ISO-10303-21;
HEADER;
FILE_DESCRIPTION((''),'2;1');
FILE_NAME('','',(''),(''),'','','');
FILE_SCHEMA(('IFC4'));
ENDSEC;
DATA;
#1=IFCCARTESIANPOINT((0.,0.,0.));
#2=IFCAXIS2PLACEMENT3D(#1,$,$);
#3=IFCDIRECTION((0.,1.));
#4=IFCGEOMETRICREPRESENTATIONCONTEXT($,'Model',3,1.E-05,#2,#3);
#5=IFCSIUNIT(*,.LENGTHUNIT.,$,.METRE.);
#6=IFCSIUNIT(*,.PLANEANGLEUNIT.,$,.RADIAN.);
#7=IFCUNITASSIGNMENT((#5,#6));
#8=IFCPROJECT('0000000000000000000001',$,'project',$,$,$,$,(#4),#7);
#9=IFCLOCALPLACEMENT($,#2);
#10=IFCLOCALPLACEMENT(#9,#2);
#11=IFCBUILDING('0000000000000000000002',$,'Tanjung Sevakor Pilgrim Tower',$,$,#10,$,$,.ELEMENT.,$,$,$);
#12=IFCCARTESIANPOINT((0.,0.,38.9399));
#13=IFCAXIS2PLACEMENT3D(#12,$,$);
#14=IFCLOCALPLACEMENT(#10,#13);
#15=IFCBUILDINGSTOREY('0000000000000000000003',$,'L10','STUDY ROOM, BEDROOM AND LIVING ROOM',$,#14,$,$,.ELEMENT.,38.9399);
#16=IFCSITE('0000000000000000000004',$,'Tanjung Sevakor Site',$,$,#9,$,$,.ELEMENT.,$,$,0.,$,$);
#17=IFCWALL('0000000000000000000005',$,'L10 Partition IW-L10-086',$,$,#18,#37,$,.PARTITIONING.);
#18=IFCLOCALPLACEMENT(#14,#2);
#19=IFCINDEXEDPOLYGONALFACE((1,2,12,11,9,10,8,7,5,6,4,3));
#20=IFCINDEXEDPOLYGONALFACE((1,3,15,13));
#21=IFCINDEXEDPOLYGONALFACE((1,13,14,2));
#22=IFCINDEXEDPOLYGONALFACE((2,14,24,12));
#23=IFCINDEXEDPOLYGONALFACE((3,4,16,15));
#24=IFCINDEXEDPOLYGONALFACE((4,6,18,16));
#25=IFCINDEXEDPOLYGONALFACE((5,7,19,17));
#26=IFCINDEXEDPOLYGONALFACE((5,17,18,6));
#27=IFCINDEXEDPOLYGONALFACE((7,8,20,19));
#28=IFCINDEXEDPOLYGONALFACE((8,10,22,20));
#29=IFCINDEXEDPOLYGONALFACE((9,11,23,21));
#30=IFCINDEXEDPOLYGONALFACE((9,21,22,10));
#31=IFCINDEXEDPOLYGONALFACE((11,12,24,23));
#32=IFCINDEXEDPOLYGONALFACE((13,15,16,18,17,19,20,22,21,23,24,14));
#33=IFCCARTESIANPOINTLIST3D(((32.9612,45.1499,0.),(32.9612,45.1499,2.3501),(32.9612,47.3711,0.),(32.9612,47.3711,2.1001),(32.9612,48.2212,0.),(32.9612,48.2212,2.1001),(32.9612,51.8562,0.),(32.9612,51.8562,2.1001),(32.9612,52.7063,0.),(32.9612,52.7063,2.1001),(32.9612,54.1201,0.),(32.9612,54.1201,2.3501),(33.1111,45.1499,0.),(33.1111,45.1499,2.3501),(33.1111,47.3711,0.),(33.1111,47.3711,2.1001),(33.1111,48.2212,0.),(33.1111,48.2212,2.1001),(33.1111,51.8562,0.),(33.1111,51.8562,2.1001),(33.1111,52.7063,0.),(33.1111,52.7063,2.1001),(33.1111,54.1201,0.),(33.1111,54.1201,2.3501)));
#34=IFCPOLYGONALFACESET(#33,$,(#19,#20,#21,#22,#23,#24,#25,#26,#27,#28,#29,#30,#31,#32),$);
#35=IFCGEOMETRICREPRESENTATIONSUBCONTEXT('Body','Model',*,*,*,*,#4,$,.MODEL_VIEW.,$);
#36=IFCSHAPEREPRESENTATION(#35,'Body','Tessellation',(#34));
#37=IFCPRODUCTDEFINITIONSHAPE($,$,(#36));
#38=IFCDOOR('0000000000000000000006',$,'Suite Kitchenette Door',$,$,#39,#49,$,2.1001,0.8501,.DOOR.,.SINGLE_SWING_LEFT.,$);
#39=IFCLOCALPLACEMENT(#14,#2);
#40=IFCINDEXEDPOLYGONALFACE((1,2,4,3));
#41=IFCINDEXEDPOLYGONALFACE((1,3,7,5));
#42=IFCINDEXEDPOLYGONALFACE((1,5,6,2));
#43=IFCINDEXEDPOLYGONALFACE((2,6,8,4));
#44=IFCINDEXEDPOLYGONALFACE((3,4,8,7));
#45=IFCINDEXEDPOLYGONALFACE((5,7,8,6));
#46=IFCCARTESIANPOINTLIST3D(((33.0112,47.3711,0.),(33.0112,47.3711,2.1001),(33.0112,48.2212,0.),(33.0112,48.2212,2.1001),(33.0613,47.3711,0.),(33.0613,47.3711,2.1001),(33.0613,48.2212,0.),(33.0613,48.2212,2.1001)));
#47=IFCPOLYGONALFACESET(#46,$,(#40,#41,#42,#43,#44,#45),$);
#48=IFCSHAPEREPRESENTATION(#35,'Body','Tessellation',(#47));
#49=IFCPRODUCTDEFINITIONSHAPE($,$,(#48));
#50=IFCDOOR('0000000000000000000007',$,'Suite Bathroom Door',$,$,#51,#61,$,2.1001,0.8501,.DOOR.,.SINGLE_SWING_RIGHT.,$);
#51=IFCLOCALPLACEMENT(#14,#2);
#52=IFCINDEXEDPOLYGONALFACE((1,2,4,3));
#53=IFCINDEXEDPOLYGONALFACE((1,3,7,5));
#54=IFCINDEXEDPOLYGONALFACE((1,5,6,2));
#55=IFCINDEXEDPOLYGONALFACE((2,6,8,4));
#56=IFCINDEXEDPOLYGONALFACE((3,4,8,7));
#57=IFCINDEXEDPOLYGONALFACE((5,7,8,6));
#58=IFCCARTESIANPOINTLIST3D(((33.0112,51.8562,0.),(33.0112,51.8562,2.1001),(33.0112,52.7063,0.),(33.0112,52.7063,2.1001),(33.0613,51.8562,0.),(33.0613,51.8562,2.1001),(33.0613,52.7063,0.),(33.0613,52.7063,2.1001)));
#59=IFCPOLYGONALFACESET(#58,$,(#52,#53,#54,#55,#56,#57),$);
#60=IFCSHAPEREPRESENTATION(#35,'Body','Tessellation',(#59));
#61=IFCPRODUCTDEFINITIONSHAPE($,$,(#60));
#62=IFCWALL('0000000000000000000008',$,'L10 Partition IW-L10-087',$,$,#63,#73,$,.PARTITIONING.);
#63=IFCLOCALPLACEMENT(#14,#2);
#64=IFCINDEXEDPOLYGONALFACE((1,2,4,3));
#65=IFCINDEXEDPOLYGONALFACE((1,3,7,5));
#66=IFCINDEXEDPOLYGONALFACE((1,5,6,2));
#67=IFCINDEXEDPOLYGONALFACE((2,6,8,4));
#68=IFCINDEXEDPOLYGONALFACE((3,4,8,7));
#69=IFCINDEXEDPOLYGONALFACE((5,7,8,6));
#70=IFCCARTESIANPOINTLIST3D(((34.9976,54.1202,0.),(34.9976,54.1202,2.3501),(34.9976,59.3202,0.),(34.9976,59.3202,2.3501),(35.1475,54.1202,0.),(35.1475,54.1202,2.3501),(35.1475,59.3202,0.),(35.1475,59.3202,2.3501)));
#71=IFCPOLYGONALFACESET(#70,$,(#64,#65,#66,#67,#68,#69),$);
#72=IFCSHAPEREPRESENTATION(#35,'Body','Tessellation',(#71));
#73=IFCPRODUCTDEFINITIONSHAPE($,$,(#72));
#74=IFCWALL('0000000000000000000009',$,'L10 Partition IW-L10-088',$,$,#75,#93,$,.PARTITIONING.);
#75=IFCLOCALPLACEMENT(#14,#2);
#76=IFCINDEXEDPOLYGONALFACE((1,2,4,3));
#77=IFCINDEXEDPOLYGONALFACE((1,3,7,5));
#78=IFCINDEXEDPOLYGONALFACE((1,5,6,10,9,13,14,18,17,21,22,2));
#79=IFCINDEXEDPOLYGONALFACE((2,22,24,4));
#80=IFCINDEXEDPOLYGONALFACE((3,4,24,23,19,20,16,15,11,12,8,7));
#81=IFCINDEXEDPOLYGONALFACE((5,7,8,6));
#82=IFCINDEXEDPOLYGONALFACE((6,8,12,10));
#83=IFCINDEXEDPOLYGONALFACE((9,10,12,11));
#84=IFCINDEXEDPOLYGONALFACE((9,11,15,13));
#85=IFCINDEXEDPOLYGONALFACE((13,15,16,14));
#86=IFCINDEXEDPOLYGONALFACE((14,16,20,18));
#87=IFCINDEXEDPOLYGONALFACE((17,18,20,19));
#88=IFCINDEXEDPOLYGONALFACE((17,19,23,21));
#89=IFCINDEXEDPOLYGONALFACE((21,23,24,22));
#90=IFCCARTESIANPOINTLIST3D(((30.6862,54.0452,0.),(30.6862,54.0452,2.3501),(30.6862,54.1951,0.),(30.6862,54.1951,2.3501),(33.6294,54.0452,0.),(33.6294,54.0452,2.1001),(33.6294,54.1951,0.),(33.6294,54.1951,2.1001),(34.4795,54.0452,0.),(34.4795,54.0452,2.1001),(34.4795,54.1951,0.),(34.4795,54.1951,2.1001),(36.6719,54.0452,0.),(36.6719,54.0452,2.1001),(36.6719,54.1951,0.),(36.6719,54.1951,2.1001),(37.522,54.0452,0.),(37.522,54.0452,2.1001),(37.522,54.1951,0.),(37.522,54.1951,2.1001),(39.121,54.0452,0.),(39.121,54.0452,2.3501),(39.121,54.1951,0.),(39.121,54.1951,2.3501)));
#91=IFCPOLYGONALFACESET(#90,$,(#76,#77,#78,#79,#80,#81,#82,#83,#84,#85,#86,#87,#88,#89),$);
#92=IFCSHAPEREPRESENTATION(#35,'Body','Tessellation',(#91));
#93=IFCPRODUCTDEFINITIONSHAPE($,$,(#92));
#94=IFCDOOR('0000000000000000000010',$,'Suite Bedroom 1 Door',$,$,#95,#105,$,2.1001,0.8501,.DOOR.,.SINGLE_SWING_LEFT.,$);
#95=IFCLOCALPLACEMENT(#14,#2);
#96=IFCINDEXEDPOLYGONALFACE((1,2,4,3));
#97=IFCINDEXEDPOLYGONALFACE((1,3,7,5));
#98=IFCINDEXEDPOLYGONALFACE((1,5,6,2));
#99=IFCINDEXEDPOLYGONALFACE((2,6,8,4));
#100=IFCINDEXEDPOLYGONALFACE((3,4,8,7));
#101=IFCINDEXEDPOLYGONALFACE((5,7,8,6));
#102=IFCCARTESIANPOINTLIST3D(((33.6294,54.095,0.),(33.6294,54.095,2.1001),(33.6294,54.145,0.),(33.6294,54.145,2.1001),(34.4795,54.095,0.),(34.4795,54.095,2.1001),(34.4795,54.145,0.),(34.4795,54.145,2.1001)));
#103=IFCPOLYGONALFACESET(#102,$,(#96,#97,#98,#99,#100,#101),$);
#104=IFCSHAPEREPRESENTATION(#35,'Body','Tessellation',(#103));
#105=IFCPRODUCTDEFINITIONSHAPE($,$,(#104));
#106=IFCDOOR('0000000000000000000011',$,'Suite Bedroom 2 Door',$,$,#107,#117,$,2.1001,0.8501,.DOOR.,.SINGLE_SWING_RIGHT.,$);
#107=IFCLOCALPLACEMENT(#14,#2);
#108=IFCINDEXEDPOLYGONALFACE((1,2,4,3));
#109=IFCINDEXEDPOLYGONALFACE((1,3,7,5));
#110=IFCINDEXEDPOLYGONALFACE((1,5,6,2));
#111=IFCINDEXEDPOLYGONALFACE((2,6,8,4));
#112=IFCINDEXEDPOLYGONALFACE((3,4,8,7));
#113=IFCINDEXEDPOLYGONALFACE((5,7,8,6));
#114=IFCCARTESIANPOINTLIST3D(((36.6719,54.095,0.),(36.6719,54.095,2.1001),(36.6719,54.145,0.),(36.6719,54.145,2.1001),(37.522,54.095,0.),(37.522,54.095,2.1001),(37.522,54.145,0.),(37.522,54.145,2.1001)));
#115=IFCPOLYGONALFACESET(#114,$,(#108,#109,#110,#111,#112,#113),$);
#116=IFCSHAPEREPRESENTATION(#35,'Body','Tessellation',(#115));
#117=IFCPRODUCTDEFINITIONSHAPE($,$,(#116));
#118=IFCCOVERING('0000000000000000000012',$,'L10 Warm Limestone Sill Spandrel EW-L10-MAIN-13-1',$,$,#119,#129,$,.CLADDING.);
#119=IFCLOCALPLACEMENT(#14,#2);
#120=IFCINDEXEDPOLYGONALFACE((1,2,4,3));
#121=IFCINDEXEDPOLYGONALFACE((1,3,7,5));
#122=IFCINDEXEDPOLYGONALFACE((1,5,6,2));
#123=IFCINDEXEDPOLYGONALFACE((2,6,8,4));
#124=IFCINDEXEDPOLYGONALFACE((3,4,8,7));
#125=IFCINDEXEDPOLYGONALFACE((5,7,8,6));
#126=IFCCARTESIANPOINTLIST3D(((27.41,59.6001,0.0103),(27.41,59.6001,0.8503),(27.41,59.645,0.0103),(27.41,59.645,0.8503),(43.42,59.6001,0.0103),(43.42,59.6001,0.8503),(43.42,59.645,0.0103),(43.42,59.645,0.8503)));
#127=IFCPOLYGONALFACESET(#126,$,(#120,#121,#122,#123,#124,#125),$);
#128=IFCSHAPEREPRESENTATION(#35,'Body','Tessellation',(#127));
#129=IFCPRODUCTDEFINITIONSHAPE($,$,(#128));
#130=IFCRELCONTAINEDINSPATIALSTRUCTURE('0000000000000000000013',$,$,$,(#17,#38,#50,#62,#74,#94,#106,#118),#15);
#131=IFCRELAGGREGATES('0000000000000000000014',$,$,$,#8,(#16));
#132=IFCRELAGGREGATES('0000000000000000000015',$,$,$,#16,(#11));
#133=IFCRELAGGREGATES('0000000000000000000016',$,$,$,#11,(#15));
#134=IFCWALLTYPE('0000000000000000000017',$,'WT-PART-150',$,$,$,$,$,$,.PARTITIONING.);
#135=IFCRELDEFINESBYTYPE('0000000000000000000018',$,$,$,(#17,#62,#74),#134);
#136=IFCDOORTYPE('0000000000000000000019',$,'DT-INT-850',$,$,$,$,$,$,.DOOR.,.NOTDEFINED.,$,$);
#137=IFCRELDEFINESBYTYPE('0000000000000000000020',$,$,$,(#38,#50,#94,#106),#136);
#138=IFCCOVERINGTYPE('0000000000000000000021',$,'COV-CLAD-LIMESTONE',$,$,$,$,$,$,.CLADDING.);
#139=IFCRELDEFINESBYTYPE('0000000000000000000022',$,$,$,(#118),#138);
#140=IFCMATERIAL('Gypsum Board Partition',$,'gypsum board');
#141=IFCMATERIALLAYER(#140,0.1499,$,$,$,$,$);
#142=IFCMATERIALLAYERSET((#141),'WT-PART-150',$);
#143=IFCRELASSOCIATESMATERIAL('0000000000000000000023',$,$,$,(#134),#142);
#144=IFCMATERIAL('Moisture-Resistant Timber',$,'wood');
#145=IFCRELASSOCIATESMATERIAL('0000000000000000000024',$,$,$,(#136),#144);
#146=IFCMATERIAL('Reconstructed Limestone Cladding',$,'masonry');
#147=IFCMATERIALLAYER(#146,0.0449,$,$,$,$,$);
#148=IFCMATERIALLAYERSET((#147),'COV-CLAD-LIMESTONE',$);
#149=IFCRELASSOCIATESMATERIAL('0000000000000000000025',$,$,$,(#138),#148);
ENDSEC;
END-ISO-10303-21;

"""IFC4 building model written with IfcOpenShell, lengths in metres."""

from ifc_helpers import new_model, si_unit, direction, frame, frame_2d, origin, origin_2d, place, context, subcontext, project, spatial, rectangle, extrude, material, layer, layer_set, type_object, element, fill, save


model = new_model("IFC4")

# Units and contexts
model_context = context("Model", 3, precision=1e-05, world=origin(), true_north=direction((0.0, 1.0)))
body_context = subcontext(model_context, "Body", "Model", "MODEL_VIEW")
ifc_project = project(units=[si_unit("LENGTHUNIT", "METRE"), si_unit("PLANEANGLEUNIT", "RADIAN")], contexts=[model_context])

# Site, building, storey
site_placement = place(None, origin())
site = spatial("IfcSite", under=ifc_project, at=site_placement, Name="Tanjung Sevakor Site", CompositionType="ELEMENT", RefElevation=0.0)
building_placement = place(site_placement, origin())
building = spatial("IfcBuilding", under=site, at=building_placement, Name="Tanjung Sevakor Pilgrim Tower", CompositionType="ELEMENT")
storey_placement = place(building_placement, frame((0.0, 0.0, 38.9399)))
storey = spatial("IfcBuildingStorey", under=building, at=storey_placement, Name="L10", Description="STUDY ROOM, BEDROOM AND LIVING ROOM", CompositionType="ELEMENT", Elevation=38.9399)

# Shared definitions
ifc_material_1 = material(Name="Gypsum Board Partition", Category="gypsum board")
ifc_layer_1 = layer(ifc_material_1, 0.1499)
ifc_layer_set_1 = layer_set([ifc_layer_1], Name="WT-PART-150")
wall_type_1 = type_object("IfcWallType", Name="WT-PART-150", PredefinedType="PARTITIONING", material=ifc_layer_set_1)

# Wall, openings, doors
wall_1_placement = place(storey_placement, frame((33.0361, 45.1499, 0.0), z_axis=(0.0, 0.0, 1.0), x_axis=(0.0, 1.0, 0.0)))
wall_1 = element("IfcWall", 1, at=wall_1_placement, inside=storey, type_object=wall_type_1, Name="L10 Partition IW-L10-086", PredefinedType="PARTITIONING", context=body_context, shape_type="SweptSolid", body=[
    extrude(rectangle(XDim=8.9702, YDim=0.1499, at=frame_2d((4.4851, 0.0))), origin(), (0.0, 0.0, 1.0), 2.3501),
])
opening_1_placement = place(wall_1_placement, frame((2.2212, 0.0, 0.0)))
opening_1 = element("IfcOpeningElement", 2, at=opening_1_placement, cuts=wall_1, PredefinedType="OPENING", context=body_context, shape_type="SweptSolid", body=[
    extrude(rectangle(XDim=0.8501, YDim=2.1001, at=frame_2d((0.425, 1.05))), frame((0.0, 0.085, 0.0), z_axis=(0.0, -1.0, 0.0), x_axis=(1.0, 0.0, 0.0)), (0.0, 0.0, 1.0), 0.1699),
])
opening_2_placement = place(wall_1_placement, frame((6.7063, 0.0, 0.0)))
opening_2 = element("IfcOpeningElement", 3, at=opening_2_placement, cuts=wall_1, PredefinedType="OPENING", context=body_context, shape_type="SweptSolid", body=[
    extrude(rectangle(XDim=0.8501, YDim=2.1001, at=frame_2d((0.425, 1.05))), frame((0.0, 0.085, 0.0), z_axis=(0.0, -1.0, 0.0), x_axis=(1.0, 0.0, 0.0)), (0.0, 0.0, 1.0), 0.1699),
])
ifc_material_2 = material(Name="Moisture-Resistant Timber", Category="wood")
door_type_1 = type_object("IfcDoorType", Name="DT-INT-850", OperationType="NOTDEFINED", PredefinedType="DOOR", material=ifc_material_2)
door_1_placement = place(opening_1_placement, origin())
door_1 = element("IfcDoor", 4, at=door_1_placement, inside=storey, type_object=door_type_1, Name="Suite Kitchenette Door", OperationType="SINGLE_SWING_LEFT", OverallHeight=2.1001, OverallWidth=0.8501, PredefinedType="DOOR", context=body_context, shape_type="SweptSolid", body=[
    extrude(rectangle(XDim=0.8501, YDim=2.1001, at=frame_2d((0.425, 1.05))), frame((0.0, 0.0249, 0.0), z_axis=(0.0, -1.0, 0.0), x_axis=(1.0, 0.0, 0.0)), (0.0, 0.0, 1.0), 0.05),
])
fill(opening_1, door_1)
door_2_placement = place(opening_2_placement, origin())
door_2 = element("IfcDoor", 5, at=door_2_placement, inside=storey, type_object=door_type_1, Name="Suite Bathroom Door", OperationType="SINGLE_SWING_RIGHT", OverallHeight=2.1001, OverallWidth=0.8501, PredefinedType="DOOR", context=body_context, shape_type="SweptSolid", body=[
    extrude(rectangle(XDim=0.8501, YDim=2.1001, at=frame_2d((0.425, 1.05))), frame((0.0, 0.0249, 0.0), z_axis=(0.0, -1.0, 0.0), x_axis=(1.0, 0.0, 0.0)), (0.0, 0.0, 1.0), 0.05),
])
fill(opening_2, door_2)

# Wall
wall_2_placement = place(storey_placement, frame((35.0725, 54.1201, 0.0), z_axis=(0.0, 0.0, 1.0), x_axis=(0.0, 1.0, 0.0)))
element("IfcWall", 6, at=wall_2_placement, inside=storey, type_object=wall_type_1, Name="L10 Partition IW-L10-087", PredefinedType="PARTITIONING", context=body_context, shape_type="SweptSolid", body=[
    extrude(rectangle(XDim=5.2, YDim=0.1499, at=frame_2d((2.6001, 0.0))), origin(), (0.0, 0.0, 1.0), 2.3501),
])

# Wall, openings, doors
wall_3_placement = place(storey_placement, frame((30.6863, 54.1201, 0.0), z_axis=(0.0, 0.0, 1.0), x_axis=(1.0, 0.0, 0.0)))
wall_3 = element("IfcWall", 7, at=wall_3_placement, inside=storey, type_object=wall_type_1, Name="L10 Partition IW-L10-088", PredefinedType="PARTITIONING", context=body_context, shape_type="SweptSolid", body=[
    extrude(rectangle(XDim=8.4348, YDim=0.1499, at=frame_2d((4.2173, 0.0))), origin(), (0.0, 0.0, 1.0), 2.3501),
])
opening_3_placement = place(wall_3_placement, frame((2.9431, 0.0, 0.0)))
opening_3 = element("IfcOpeningElement", 8, at=opening_3_placement, cuts=wall_3, PredefinedType="OPENING", context=body_context, shape_type="SweptSolid", body=[
    extrude(rectangle(XDim=0.8501, YDim=2.1001, at=frame_2d((0.425, 1.05))), frame((0.0, 0.085, 0.0), z_axis=(0.0, -1.0, 0.0), x_axis=(1.0, 0.0, 0.0)), (0.0, 0.0, 1.0), 0.1699),
])
opening_4_placement = place(wall_3_placement, frame((5.9856, 0.0, 0.0)))
opening_4 = element("IfcOpeningElement", 9, at=opening_4_placement, cuts=wall_3, PredefinedType="OPENING", context=body_context, shape_type="SweptSolid", body=[
    extrude(rectangle(XDim=0.8501, YDim=2.1001, at=frame_2d((0.425, 1.05))), frame((0.0, 0.085, 0.0), z_axis=(0.0, -1.0, 0.0), x_axis=(1.0, 0.0, 0.0)), (0.0, 0.0, 1.0), 0.1699),
])
door_3_placement = place(opening_3_placement, origin())
door_3 = element("IfcDoor", 10, at=door_3_placement, inside=storey, type_object=door_type_1, Name="Suite Bedroom 1 Door", OperationType="SINGLE_SWING_LEFT", OverallHeight=2.1001, OverallWidth=0.8501, PredefinedType="DOOR", context=body_context, shape_type="SweptSolid", body=[
    extrude(rectangle(XDim=0.8501, YDim=2.1001, at=frame_2d((0.425, 1.05))), frame((0.0, 0.0249, 0.0), z_axis=(0.0, -1.0, 0.0), x_axis=(1.0, 0.0, 0.0)), (0.0, 0.0, 1.0), 0.05),
])
fill(opening_3, door_3)
door_4_placement = place(opening_4_placement, origin())
door_4 = element("IfcDoor", 11, at=door_4_placement, inside=storey, type_object=door_type_1, Name="Suite Bedroom 2 Door", OperationType="SINGLE_SWING_RIGHT", OverallHeight=2.1001, OverallWidth=0.8501, PredefinedType="DOOR", context=body_context, shape_type="SweptSolid", body=[
    extrude(rectangle(XDim=0.8501, YDim=2.1001, at=frame_2d((0.425, 1.05))), frame((0.0, 0.0249, 0.0), z_axis=(0.0, -1.0, 0.0), x_axis=(1.0, 0.0, 0.0)), (0.0, 0.0, 1.0), 0.05),
])
fill(opening_4, door_4)

# Covering
ifc_material_3 = material(Name="Reconstructed Limestone Cladding", Category="masonry")
ifc_layer_2 = layer(ifc_material_3, 0.0449)
ifc_layer_set_2 = layer_set([ifc_layer_2], Name="COV-CLAD-LIMESTONE")
covering_type = type_object("IfcCoveringType", Name="COV-CLAD-LIMESTONE", PredefinedType="CLADDING", material=ifc_layer_set_2)
covering_placement = place(storey_placement, frame((35.415, 59.6226, 0.0103), z_axis=(0.0, 0.0, 1.0), x_axis=(-1.0, 0.0, 0.0)))
element("IfcCovering", 12, at=covering_placement, inside=storey, type_object=covering_type, Name="L10 Warm Limestone Sill Spandrel EW-L10-MAIN-13-1", PredefinedType="CLADDING", context=body_context, shape_type="SweptSolid", body=[
    extrude(rectangle(XDim=16.01, YDim=0.0449, at=origin_2d()), origin(), (0.0, 0.0, 1.0), 0.8401),
])

save(model, "model.ifc")
